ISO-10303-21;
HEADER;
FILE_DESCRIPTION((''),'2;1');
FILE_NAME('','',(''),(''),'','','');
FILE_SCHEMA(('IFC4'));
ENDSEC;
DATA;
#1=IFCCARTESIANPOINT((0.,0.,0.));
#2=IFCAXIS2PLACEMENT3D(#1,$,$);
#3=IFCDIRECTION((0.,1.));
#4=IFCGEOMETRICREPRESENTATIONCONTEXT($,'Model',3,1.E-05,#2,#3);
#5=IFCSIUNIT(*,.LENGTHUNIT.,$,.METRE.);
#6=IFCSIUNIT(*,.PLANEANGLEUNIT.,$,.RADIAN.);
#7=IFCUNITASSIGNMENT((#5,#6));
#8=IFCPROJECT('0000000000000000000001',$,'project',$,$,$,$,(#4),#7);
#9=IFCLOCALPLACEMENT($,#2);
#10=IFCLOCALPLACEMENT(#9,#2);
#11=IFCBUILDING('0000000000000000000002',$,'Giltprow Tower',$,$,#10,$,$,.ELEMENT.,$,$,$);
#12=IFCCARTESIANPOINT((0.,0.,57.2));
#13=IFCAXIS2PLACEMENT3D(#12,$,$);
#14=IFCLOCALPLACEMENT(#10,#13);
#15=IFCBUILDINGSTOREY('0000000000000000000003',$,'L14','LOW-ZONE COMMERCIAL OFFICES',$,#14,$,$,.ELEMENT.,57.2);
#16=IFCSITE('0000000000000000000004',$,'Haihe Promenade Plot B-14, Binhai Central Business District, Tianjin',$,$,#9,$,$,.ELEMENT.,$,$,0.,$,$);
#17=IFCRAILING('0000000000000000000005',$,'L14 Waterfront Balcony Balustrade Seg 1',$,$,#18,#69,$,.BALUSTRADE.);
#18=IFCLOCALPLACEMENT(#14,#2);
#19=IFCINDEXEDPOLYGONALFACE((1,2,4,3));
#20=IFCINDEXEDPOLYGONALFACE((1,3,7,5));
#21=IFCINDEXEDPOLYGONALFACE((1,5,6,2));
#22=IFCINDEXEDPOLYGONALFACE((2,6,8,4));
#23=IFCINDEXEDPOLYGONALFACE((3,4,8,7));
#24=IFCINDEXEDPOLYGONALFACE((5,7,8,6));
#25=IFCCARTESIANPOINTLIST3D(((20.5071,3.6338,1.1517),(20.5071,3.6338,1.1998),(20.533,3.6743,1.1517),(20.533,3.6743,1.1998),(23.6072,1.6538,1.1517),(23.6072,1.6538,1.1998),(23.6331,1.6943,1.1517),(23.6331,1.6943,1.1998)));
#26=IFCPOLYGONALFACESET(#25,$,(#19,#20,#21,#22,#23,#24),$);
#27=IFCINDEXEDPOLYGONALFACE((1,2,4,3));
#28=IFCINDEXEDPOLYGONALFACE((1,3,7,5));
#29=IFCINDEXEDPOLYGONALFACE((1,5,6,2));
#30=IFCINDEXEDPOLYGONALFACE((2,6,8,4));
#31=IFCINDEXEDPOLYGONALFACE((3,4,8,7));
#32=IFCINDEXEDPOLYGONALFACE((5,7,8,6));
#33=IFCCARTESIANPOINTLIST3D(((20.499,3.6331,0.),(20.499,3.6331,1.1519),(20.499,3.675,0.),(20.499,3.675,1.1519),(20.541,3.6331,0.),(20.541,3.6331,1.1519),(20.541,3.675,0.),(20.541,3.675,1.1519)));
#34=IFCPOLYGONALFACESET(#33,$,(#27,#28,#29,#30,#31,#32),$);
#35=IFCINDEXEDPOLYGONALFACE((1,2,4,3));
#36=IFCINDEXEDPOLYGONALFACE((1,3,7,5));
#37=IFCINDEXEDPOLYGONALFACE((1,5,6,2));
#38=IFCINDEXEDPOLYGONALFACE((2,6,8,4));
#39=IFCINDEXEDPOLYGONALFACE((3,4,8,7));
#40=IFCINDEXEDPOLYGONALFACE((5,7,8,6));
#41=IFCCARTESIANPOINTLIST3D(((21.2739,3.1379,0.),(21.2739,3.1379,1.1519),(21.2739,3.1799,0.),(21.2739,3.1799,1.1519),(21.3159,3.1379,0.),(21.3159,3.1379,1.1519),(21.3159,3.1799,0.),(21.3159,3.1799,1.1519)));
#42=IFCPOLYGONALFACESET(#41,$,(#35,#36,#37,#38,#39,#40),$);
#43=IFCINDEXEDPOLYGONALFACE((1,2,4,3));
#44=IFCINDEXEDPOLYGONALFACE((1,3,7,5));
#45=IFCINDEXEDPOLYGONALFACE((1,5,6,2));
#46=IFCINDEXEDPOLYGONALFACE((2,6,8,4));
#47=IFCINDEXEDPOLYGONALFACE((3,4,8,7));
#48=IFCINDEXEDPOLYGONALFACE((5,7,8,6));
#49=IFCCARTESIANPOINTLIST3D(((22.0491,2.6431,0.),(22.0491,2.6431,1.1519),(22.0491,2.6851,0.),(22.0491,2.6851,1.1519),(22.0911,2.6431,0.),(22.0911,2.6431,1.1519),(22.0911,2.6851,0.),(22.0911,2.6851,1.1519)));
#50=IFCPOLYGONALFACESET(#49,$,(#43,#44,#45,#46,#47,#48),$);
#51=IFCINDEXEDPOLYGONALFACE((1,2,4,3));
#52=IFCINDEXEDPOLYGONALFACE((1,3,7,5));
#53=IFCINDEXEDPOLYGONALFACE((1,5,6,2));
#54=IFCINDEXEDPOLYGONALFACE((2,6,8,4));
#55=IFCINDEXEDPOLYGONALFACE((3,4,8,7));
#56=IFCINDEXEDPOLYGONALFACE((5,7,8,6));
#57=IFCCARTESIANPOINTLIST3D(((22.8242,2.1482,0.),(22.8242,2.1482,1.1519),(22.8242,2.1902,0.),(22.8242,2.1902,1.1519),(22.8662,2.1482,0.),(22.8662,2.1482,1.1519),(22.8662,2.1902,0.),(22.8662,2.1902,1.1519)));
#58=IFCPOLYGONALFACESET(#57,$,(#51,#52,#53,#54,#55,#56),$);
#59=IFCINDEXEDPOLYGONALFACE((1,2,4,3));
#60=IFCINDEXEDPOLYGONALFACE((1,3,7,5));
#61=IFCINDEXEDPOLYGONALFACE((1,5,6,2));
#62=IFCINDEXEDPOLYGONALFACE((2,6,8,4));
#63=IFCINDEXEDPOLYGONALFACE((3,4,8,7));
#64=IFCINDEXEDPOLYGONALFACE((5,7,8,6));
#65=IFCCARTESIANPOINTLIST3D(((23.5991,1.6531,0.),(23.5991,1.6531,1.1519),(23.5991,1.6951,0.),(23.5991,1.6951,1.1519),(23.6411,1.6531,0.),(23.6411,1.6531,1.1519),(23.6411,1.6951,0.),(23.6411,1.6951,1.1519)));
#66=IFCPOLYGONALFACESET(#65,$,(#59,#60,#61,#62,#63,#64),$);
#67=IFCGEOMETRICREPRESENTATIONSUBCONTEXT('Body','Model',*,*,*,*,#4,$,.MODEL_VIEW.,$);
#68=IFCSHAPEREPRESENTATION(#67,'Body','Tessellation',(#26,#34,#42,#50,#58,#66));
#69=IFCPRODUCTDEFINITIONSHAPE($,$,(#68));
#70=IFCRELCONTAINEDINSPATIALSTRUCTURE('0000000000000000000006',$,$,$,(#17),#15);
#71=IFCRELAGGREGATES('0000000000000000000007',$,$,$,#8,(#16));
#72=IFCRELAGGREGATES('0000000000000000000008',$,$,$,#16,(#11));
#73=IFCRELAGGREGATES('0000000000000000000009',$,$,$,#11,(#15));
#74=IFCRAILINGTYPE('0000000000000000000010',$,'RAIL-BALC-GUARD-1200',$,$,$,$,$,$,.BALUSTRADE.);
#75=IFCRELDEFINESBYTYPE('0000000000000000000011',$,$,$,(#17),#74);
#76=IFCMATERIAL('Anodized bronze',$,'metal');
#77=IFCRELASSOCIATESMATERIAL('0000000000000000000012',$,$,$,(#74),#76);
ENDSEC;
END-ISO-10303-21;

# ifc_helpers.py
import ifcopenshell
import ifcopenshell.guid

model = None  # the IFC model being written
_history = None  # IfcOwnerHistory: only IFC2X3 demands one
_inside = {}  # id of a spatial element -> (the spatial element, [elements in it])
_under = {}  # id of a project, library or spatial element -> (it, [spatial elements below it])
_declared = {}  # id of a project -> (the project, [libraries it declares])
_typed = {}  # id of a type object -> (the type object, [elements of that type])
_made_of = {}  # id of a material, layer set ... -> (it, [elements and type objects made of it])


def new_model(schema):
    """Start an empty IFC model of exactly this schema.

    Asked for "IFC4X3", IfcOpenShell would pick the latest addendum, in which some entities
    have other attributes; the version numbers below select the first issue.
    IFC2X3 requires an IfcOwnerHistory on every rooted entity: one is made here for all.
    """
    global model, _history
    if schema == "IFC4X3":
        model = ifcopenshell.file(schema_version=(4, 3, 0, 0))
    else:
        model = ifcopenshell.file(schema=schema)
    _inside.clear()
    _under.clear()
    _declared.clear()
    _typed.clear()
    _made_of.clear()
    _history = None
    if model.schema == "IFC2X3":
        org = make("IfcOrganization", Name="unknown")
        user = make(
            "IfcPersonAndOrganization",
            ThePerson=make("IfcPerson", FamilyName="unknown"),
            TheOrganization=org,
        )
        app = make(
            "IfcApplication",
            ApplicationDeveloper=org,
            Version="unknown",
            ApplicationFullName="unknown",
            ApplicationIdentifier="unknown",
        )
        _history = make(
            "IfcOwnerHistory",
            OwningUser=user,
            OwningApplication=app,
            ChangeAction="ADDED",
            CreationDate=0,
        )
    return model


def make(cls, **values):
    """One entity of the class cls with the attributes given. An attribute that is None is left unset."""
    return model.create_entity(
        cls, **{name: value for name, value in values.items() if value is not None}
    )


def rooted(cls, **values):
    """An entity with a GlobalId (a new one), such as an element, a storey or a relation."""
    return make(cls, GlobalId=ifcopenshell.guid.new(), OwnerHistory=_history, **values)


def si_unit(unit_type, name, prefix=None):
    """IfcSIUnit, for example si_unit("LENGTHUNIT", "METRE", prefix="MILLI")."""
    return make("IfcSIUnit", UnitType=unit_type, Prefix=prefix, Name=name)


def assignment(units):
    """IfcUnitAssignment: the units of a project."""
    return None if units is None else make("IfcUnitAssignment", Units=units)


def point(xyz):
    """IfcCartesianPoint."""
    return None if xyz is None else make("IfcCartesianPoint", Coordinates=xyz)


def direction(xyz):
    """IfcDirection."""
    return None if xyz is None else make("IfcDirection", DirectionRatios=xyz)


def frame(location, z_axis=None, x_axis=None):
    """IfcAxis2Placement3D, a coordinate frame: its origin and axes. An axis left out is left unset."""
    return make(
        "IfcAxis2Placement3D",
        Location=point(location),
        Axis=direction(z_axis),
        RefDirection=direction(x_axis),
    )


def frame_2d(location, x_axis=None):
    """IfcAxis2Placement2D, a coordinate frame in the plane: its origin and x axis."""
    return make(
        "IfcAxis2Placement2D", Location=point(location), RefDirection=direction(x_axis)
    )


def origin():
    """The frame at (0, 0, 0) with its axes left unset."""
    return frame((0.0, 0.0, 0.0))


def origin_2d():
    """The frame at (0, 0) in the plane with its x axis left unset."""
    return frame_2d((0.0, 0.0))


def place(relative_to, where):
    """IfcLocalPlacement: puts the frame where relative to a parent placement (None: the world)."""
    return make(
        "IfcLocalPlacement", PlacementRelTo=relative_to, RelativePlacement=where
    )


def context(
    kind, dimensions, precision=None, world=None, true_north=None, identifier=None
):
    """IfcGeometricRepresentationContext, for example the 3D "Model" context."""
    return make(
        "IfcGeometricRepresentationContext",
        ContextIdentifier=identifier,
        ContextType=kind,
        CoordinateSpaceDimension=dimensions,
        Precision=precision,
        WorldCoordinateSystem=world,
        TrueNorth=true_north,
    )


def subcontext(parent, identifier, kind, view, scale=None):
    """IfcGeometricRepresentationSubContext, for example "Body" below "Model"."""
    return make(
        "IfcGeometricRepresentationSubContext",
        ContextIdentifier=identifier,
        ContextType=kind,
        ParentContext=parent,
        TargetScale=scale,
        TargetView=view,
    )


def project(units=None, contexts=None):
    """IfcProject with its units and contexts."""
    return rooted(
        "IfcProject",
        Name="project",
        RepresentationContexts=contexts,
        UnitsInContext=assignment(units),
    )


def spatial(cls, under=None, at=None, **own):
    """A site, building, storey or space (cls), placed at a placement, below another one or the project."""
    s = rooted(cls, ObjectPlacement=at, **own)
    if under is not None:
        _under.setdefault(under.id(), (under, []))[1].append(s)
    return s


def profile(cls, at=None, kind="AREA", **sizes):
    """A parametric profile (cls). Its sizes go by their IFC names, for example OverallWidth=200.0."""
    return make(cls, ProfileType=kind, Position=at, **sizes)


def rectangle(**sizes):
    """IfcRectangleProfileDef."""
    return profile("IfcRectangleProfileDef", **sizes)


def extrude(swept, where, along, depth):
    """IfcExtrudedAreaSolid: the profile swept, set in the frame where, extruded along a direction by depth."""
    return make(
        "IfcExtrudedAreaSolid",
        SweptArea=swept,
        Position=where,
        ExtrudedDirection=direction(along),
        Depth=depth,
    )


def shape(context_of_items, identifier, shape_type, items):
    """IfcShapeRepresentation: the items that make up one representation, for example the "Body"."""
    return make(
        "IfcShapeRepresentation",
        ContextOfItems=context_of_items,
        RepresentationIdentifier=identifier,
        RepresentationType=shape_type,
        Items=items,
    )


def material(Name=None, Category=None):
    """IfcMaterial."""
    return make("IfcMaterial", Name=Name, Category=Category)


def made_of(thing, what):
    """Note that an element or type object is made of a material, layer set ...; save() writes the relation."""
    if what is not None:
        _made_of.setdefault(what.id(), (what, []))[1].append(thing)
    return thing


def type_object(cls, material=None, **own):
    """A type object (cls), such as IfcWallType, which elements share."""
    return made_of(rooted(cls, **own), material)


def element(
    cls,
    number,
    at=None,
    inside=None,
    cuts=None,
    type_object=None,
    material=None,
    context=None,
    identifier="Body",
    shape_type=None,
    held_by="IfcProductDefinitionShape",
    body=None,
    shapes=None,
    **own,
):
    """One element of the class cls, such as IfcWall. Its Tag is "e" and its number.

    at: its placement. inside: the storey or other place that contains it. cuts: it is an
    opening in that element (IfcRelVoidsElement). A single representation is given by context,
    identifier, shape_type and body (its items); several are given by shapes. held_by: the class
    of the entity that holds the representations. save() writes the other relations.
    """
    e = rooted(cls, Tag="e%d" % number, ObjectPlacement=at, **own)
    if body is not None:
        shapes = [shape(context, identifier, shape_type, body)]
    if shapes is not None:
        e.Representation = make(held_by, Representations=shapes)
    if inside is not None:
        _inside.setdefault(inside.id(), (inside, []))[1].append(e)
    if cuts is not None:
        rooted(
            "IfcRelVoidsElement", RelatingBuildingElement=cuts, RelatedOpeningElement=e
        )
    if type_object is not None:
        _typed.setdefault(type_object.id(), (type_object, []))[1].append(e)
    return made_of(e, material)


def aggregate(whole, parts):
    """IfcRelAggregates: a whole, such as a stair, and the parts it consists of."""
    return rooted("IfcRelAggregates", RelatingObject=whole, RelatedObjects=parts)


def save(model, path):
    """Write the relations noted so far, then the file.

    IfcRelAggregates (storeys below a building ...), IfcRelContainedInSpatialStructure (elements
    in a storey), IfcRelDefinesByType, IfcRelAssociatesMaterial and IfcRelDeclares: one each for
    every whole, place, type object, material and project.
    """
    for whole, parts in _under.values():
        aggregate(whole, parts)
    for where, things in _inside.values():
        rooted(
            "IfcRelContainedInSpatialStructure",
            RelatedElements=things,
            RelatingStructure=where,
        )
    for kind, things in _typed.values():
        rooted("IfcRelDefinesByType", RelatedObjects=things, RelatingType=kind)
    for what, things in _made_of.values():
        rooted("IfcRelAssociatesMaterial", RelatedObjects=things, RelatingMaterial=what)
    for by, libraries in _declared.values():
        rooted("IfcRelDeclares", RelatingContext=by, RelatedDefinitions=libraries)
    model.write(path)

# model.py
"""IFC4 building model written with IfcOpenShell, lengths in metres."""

from ifc_helpers import new_model, si_unit, direction, frame, origin, origin_2d, place, context, subcontext, project, spatial, rectangle, extrude, material, type_object, element, save


model = new_model("IFC4")

# Units and contexts
model_context = context("Model", 3, precision=1e-05, world=origin(), true_north=direction((0.0, 1.0)))
body_context = subcontext(model_context, "Body", "Model", "MODEL_VIEW")
ifc_project = project(units=[si_unit("LENGTHUNIT", "METRE"), si_unit("PLANEANGLEUNIT", "RADIAN")], contexts=[model_context])

# Site, building, storey
site_placement = place(None, origin())
site = spatial("IfcSite", under=ifc_project, at=site_placement, Name="Haihe Promenade Plot B-14, Binhai Central Business District, Tianjin", CompositionType="ELEMENT", RefElevation=0.0)
building_placement = place(site_placement, origin())
building = spatial("IfcBuilding", under=site, at=building_placement, Name="Giltprow Tower", CompositionType="ELEMENT")
storey_placement = place(building_placement, frame((0.0, 0.0, 57.2)))
storey = spatial("IfcBuildingStorey", under=building, at=storey_placement, Name="L14", Description="LOW-ZONE COMMERCIAL OFFICES", CompositionType="ELEMENT", Elevation=57.2)

# Railing
ifc_material_1 = material(Name="Anodized bronze", Category="metal")
railing_type = type_object("IfcRailingType", Name="RAIL-BALC-GUARD-1200", PredefinedType="BALUSTRADE", material=ifc_material_1)
railing_1_placement = place(storey_placement, frame((20.52, 3.6541, 0.0)))
element("IfcRailing", 1, at=railing_1_placement, inside=storey, type_object=railing_type, Name="L14 Waterfront Balcony Balustrade Seg 1", PredefinedType="BALUSTRADE", context=body_context, shape_type="SweptSolid", body=[
    extrude(rectangle(XDim=0.0481, YDim=0.0481, at=origin_2d()), frame((0.0, 0.0, 1.1758), z_axis=(0.842775, -0.538266, 0.0), x_axis=(0.538266, 0.842775, 0.0)), (0.0, 0.0, 1.0), 3.6785),
    extrude(rectangle(XDim=0.042, YDim=0.042, at=origin_2d()), origin(), (0.0, 0.0, 1.0), 1.1519),
    extrude(rectangle(XDim=0.042, YDim=0.042, at=origin_2d()), frame((0.7749, -0.4951, 0.0)), (0.0, 0.0, 1.0), 1.1519),
    extrude(rectangle(XDim=0.042, YDim=0.042, at=origin_2d()), frame((1.55, -0.99, 0.0)), (0.0, 0.0, 1.0), 1.1519),
    extrude(rectangle(XDim=0.042, YDim=0.042, at=origin_2d()), frame((2.3252, -1.4849, 0.0)), (0.0, 0.0, 1.0), 1.1519),
    extrude(rectangle(XDim=0.042, YDim=0.042, at=origin_2d()), frame((3.1001, -1.98, 0.0)), (0.0, 0.0, 1.0), 1.1519),
])

save(model, "model.ifc")
